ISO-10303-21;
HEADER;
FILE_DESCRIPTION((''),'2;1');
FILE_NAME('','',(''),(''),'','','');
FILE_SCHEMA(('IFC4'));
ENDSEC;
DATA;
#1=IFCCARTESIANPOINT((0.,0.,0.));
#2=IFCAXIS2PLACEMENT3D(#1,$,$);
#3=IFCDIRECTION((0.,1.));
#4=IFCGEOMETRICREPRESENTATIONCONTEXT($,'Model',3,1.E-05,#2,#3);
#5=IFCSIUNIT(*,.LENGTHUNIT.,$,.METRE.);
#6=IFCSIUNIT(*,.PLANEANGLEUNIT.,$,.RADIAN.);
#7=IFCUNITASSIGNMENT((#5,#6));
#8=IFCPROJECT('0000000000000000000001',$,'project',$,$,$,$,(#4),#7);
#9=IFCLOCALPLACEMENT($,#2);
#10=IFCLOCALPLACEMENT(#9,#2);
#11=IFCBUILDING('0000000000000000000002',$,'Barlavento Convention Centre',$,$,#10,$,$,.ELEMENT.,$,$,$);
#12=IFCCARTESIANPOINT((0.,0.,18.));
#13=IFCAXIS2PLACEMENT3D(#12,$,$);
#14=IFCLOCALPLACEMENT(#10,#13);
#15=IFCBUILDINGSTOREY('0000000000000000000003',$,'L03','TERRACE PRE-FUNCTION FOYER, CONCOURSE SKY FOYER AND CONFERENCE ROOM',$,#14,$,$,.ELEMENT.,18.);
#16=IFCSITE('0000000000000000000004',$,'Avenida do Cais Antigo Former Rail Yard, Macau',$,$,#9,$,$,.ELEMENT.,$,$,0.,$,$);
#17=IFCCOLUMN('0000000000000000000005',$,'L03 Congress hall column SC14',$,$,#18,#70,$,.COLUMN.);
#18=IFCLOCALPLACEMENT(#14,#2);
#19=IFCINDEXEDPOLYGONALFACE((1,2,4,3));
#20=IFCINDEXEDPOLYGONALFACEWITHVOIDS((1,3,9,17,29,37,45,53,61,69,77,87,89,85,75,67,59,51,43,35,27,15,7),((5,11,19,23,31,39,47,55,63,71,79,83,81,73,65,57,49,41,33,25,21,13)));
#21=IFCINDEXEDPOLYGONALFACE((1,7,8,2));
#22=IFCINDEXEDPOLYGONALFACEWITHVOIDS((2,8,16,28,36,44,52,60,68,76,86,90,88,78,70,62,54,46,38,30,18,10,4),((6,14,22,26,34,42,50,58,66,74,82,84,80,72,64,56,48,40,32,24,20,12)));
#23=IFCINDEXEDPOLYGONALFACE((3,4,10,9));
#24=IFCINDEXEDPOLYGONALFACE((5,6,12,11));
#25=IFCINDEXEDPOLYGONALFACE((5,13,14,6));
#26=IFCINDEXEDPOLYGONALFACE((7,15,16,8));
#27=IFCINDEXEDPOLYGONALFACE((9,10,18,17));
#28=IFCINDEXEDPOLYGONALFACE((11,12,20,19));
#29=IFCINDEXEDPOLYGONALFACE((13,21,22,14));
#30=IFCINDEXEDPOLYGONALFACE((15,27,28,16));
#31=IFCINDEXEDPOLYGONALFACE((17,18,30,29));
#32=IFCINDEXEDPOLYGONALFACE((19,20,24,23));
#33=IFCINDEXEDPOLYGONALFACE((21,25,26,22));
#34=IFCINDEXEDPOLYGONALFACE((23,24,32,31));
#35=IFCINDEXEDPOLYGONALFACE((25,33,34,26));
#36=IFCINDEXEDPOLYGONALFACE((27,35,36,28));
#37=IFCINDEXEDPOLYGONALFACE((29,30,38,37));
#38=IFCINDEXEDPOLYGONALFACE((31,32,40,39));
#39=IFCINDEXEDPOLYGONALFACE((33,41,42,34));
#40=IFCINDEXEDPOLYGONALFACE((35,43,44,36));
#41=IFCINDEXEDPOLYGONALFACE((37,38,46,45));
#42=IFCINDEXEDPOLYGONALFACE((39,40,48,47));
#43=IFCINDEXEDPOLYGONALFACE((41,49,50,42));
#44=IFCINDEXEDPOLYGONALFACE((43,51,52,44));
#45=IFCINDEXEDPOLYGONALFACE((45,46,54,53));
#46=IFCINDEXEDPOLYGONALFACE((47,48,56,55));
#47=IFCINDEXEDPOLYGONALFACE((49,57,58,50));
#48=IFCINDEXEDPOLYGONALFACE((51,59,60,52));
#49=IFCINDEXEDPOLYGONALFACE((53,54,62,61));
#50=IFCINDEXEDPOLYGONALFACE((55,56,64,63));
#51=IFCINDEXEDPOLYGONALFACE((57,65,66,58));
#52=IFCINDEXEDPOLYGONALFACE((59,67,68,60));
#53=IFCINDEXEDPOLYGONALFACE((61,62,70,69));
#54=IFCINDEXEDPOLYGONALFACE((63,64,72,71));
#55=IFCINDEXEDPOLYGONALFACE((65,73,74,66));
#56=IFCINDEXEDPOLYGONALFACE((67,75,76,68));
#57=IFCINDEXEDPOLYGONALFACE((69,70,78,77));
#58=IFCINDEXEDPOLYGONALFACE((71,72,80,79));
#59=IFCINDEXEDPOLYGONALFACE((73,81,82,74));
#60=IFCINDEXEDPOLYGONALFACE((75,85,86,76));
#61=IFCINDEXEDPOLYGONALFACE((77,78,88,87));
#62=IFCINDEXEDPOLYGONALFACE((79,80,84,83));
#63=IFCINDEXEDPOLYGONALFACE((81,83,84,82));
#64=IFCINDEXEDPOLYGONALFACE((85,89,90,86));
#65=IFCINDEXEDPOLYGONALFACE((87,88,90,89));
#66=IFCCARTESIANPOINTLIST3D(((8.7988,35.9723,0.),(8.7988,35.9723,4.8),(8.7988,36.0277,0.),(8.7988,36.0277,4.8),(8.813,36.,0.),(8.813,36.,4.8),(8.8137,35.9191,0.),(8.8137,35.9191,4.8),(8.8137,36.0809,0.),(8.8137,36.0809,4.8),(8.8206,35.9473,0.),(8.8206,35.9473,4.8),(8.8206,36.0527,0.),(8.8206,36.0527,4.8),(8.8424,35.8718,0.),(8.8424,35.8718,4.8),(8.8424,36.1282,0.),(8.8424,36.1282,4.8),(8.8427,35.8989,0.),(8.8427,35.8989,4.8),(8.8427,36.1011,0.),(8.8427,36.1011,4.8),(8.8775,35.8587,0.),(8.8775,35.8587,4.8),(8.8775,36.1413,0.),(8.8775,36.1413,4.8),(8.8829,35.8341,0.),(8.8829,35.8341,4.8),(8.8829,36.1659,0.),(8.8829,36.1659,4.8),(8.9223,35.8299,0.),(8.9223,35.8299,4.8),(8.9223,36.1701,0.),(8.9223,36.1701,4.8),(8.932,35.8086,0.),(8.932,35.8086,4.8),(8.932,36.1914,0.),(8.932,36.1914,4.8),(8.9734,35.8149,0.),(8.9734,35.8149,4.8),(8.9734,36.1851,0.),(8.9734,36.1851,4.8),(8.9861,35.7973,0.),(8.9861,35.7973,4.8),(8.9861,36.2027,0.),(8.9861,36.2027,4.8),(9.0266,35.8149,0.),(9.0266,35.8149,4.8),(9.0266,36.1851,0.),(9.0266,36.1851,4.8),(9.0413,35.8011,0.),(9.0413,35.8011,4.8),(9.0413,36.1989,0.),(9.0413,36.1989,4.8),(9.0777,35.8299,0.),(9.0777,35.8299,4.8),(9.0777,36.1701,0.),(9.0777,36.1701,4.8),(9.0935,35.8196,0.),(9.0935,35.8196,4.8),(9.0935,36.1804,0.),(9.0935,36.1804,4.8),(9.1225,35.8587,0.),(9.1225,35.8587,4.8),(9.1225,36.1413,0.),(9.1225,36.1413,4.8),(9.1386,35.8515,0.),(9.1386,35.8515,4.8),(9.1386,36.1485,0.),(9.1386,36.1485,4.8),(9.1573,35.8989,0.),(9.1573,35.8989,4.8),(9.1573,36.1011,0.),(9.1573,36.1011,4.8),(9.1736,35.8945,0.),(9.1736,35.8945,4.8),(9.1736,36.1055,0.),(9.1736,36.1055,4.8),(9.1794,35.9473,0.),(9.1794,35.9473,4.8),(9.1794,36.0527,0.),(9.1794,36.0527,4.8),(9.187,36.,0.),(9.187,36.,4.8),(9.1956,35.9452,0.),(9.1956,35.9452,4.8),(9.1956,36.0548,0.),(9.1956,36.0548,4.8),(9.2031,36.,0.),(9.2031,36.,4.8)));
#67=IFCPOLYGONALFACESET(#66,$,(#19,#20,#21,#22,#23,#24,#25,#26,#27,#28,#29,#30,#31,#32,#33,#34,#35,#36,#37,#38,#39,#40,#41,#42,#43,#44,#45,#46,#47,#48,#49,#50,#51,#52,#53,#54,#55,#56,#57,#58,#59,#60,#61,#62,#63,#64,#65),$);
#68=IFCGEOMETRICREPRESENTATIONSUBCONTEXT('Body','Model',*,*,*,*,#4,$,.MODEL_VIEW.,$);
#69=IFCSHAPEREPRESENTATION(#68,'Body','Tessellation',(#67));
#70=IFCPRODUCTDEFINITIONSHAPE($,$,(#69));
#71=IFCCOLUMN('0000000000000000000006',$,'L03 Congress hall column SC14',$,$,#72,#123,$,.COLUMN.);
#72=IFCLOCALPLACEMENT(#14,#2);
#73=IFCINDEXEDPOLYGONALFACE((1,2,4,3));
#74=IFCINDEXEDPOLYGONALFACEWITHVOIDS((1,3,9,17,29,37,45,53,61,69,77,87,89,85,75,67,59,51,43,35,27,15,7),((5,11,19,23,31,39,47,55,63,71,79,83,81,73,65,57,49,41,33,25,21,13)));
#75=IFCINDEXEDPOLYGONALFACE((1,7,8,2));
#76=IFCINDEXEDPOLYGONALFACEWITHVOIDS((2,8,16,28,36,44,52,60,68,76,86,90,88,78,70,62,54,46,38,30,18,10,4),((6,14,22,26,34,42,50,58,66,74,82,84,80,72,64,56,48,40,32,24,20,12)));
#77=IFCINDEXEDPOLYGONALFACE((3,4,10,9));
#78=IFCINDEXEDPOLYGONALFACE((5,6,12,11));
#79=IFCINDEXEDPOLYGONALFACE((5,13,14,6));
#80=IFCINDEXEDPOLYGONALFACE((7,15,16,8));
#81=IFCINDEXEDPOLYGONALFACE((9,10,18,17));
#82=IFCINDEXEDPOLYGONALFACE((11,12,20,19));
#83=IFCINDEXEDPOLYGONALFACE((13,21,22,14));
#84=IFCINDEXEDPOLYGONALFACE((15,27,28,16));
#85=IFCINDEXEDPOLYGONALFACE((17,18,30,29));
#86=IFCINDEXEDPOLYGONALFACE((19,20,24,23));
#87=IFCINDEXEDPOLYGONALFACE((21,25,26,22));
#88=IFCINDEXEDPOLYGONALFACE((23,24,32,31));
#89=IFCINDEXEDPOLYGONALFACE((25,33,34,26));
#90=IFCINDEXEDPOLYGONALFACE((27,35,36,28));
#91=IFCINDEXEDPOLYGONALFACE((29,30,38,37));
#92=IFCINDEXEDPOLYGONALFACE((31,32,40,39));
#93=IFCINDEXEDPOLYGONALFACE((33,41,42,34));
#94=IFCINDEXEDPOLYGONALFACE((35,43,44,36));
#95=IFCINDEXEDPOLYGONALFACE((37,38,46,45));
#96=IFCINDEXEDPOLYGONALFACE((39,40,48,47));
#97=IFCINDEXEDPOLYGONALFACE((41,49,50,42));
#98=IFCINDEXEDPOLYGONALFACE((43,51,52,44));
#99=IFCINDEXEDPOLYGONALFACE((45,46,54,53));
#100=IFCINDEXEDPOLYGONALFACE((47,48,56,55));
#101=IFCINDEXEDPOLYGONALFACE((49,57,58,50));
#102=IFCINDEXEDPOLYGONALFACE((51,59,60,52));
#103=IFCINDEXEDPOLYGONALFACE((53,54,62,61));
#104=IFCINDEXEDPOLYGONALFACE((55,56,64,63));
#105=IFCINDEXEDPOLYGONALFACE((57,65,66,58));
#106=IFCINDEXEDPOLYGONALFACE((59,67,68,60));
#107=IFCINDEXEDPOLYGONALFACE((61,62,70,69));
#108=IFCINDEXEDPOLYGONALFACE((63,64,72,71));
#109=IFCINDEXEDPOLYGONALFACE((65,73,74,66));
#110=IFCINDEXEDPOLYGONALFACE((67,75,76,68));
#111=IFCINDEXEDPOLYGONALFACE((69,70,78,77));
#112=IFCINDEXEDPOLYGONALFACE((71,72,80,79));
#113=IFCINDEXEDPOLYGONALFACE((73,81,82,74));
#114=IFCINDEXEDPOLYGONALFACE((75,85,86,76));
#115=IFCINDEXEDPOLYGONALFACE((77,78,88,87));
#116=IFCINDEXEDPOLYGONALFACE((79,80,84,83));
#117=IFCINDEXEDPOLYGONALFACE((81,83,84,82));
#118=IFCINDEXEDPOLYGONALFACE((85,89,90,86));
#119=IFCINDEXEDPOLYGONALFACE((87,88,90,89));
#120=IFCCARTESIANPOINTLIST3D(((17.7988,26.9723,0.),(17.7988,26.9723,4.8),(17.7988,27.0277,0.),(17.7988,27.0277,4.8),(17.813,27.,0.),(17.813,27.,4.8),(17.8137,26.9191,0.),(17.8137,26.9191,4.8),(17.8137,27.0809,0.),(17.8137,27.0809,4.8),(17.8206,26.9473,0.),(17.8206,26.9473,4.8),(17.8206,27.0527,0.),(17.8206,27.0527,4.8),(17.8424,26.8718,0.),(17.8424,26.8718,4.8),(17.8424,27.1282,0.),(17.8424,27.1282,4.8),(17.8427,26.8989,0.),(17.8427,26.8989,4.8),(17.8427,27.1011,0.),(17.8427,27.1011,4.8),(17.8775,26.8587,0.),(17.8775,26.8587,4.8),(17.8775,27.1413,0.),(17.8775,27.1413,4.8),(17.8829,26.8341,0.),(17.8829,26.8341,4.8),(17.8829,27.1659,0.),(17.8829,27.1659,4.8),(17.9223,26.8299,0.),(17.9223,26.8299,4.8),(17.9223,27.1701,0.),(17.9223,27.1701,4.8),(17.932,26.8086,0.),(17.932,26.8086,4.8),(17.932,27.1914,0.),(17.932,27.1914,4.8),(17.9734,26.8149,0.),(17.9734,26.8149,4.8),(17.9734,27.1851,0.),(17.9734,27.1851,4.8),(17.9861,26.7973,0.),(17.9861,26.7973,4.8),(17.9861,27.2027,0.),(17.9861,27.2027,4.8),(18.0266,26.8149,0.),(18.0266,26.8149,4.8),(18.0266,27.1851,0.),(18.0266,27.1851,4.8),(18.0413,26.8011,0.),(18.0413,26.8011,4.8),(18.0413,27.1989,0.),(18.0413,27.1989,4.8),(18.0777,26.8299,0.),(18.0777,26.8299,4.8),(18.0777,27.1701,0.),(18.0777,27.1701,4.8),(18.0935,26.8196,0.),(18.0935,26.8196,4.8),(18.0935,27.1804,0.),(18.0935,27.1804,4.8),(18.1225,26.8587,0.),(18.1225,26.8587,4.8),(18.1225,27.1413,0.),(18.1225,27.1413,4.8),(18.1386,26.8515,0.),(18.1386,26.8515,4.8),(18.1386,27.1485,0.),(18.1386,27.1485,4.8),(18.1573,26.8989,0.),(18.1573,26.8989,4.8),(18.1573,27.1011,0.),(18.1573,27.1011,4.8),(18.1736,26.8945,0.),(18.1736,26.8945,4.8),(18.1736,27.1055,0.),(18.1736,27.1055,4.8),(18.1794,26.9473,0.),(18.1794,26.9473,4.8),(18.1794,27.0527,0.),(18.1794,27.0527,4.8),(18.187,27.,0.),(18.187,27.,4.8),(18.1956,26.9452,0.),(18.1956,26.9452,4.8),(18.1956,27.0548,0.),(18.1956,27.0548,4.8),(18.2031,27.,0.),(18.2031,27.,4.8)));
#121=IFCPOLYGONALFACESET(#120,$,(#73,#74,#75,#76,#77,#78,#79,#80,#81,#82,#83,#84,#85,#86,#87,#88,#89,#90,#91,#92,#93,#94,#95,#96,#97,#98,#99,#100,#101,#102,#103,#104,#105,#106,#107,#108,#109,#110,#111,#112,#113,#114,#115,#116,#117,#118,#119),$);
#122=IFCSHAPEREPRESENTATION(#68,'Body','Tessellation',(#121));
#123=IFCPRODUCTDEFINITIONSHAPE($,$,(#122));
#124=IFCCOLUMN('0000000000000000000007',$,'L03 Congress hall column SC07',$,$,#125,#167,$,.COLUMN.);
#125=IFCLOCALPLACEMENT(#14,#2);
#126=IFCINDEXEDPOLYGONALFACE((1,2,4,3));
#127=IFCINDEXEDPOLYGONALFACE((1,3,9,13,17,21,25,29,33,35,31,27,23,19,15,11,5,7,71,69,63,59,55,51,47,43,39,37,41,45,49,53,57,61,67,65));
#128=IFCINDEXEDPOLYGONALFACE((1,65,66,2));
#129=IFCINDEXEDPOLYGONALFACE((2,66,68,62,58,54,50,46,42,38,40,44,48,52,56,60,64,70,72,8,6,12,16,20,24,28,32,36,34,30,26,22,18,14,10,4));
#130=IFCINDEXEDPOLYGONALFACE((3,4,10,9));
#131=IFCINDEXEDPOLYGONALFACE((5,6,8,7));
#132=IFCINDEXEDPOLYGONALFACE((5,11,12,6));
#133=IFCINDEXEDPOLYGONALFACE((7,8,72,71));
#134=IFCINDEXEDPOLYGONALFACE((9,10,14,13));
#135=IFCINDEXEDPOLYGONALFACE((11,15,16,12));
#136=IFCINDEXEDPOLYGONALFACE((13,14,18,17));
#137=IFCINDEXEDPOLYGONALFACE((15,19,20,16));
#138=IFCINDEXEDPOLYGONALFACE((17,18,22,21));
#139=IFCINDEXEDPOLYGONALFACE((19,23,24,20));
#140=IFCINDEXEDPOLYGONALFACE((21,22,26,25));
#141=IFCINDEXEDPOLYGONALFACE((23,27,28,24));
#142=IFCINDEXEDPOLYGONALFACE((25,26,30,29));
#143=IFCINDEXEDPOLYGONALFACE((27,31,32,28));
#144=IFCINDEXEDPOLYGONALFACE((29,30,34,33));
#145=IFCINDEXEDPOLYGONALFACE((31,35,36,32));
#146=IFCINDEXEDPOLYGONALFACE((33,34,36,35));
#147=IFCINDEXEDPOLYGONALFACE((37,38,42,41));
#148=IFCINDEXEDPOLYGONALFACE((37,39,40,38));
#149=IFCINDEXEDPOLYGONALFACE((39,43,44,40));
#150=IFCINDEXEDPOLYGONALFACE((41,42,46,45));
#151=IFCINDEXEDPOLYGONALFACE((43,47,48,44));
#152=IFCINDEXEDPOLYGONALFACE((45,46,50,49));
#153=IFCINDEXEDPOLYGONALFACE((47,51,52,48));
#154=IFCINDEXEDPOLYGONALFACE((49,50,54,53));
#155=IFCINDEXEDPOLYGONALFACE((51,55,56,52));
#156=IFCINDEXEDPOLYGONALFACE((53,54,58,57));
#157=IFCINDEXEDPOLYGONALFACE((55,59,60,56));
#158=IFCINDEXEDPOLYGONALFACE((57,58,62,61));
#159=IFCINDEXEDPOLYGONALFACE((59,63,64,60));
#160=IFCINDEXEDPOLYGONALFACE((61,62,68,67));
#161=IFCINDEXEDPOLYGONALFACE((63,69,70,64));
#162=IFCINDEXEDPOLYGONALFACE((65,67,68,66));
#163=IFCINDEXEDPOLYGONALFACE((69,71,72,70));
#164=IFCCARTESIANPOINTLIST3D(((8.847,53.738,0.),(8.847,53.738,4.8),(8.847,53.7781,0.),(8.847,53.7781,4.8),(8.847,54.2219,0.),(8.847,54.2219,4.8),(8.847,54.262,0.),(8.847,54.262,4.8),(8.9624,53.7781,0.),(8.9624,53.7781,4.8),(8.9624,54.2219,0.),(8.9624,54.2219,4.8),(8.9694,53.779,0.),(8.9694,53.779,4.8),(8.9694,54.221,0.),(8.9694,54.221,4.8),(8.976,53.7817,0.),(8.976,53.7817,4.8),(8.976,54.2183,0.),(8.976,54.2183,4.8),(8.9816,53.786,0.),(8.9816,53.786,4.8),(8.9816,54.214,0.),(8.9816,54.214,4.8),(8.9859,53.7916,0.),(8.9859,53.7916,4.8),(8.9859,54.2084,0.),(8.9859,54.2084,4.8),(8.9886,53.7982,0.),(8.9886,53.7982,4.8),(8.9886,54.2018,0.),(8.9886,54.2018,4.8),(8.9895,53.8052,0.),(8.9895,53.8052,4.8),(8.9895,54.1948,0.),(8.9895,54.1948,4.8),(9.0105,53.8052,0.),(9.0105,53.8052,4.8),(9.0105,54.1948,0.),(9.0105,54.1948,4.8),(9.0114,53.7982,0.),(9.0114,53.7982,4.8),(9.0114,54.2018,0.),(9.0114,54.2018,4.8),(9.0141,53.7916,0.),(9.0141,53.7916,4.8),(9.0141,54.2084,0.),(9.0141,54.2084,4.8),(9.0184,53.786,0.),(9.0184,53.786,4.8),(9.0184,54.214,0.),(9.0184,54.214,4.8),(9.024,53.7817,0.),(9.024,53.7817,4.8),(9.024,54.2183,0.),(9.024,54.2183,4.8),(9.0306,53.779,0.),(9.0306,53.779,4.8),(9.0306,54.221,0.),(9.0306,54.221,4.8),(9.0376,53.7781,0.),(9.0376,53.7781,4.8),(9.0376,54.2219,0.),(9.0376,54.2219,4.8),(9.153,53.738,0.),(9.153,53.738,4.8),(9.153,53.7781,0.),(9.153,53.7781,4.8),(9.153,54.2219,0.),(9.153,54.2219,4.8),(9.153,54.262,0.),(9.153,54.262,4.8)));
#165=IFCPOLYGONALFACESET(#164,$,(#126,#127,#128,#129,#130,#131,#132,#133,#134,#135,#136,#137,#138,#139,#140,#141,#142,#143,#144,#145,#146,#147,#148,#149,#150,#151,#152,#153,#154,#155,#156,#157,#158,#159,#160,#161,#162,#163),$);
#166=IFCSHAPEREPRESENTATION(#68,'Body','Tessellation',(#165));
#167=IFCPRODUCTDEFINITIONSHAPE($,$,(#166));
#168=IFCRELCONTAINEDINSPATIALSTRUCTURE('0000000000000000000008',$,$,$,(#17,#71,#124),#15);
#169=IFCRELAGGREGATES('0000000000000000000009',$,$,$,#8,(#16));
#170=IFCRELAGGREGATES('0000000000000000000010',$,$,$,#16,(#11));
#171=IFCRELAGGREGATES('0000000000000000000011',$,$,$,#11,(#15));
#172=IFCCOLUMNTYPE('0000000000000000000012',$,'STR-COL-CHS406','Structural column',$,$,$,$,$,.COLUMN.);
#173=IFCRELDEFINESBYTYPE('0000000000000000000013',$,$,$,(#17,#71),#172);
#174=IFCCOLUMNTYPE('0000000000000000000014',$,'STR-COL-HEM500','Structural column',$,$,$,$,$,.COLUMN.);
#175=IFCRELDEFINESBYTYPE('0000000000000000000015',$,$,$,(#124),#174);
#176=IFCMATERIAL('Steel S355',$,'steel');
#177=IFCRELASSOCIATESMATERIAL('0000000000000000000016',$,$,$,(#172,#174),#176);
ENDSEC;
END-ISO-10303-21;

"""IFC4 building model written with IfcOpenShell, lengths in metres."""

from ifc_helpers import new_model, si_unit, direction, frame, origin, origin_2d, place, context, subcontext, project, spatial, hollow_circle, i_section, extrude, material, material_profile, profile_set, type_object, element, save


model = new_model("IFC4")

# Units and contexts
model_context = context("Model", 3, precision=1e-05, world=origin(), true_north=direction((0.0, 1.0)))
body_context = subcontext(model_context, "Body", "Model", "MODEL_VIEW")
ifc_project = project(units=[si_unit("LENGTHUNIT", "METRE"), si_unit("PLANEANGLEUNIT", "RADIAN")], contexts=[model_context])

# Site, building, storey
site_placement = place(None, origin())
site = spatial("IfcSite", under=ifc_project, at=site_placement, Name="Avenida do Cais Antigo Former Rail Yard, Macau", CompositionType="ELEMENT", RefElevation=0.0)
building_placement = place(site_placement, origin())
building = spatial("IfcBuilding", under=site, at=building_placement, Name="Barlavento Convention Centre", CompositionType="ELEMENT")
storey_placement = place(building_placement, frame((0.0, 0.0, 18.0)))
storey = spatial("IfcBuildingStorey", under=building, at=storey_placement, Name="L03", Description="TERRACE PRE-FUNCTION FOYER, CONCOURSE SKY FOYER AND CONFERENCE ROOM", CompositionType="ELEMENT", Elevation=18.0)

# Columns
ifc_material_1 = material(Name="Steel S355", Category="steel")
ifc_material_profile_1 = material_profile(ifc_material_1, hollow_circle(Radius=0.2031, WallThickness=0.0161, at=origin_2d()), Name="CHS 406.4x16.0")
ifc_profile_set_1 = profile_set([ifc_material_profile_1], Name="Steel S355")
column_type_1 = type_object("IfcColumnType", Name="STR-COL-CHS406", Description="Structural column", PredefinedType="COLUMN", material=ifc_profile_set_1)
for number, where, z_axis, x_axis, name in (
    (1, (9.0, 36.0, 0.0), (0.0, 0.0, 1.0), (1.0, 0.0, 0.0), "L03 Congress hall column SC14"),
    (2, (18.0, 27.0, 0.0), (0.0, 0.0, 1.0), (1.0, 0.0, 0.0), "L03 Congress hall column SC14"),
):
    element("IfcColumn", number, at=place(storey_placement, frame(where, z_axis=z_axis, x_axis=x_axis)), inside=storey, type_object=column_type_1, Name=name, PredefinedType="COLUMN", context=body_context, shape_type="SweptSolid", body=[
        extrude(hollow_circle(Radius=0.2031, WallThickness=0.0161, at=origin_2d()), origin(), (0.0, 0.0, 1.0), 4.8),
    ])
ifc_material_profile_2 = material_profile(ifc_material_1, i_section(OverallWidth=0.3059, OverallDepth=0.5239, WebThickness=0.021, FlangeThickness=0.04, FilletRadius=0.0271, at=origin_2d()), Name="HEM 500")
ifc_profile_set_2 = profile_set([ifc_material_profile_2], Name="Steel S355")
column_type_2 = type_object("IfcColumnType", Name="STR-COL-HEM500", Description="Structural column", PredefinedType="COLUMN", material=ifc_profile_set_2)
for number, where, z_axis, x_axis, name in (
    (3, (9.0, 54.0, 0.0), (0.0, 0.0, 1.0), (1.0, 0.0, 0.0), "L03 Congress hall column SC07"),
):
    element("IfcColumn", number, at=place(storey_placement, frame(where, z_axis=z_axis, x_axis=x_axis)), inside=storey, type_object=column_type_2, Name=name, PredefinedType="COLUMN", context=body_context, shape_type="SweptSolid", body=[
        extrude(i_section(OverallWidth=0.3059, OverallDepth=0.5239, WebThickness=0.021, FlangeThickness=0.04, FilletRadius=0.0271, at=origin_2d()), origin(), (0.0, 0.0, 1.0), 4.8),
    ])

save(model, "model.ifc")
